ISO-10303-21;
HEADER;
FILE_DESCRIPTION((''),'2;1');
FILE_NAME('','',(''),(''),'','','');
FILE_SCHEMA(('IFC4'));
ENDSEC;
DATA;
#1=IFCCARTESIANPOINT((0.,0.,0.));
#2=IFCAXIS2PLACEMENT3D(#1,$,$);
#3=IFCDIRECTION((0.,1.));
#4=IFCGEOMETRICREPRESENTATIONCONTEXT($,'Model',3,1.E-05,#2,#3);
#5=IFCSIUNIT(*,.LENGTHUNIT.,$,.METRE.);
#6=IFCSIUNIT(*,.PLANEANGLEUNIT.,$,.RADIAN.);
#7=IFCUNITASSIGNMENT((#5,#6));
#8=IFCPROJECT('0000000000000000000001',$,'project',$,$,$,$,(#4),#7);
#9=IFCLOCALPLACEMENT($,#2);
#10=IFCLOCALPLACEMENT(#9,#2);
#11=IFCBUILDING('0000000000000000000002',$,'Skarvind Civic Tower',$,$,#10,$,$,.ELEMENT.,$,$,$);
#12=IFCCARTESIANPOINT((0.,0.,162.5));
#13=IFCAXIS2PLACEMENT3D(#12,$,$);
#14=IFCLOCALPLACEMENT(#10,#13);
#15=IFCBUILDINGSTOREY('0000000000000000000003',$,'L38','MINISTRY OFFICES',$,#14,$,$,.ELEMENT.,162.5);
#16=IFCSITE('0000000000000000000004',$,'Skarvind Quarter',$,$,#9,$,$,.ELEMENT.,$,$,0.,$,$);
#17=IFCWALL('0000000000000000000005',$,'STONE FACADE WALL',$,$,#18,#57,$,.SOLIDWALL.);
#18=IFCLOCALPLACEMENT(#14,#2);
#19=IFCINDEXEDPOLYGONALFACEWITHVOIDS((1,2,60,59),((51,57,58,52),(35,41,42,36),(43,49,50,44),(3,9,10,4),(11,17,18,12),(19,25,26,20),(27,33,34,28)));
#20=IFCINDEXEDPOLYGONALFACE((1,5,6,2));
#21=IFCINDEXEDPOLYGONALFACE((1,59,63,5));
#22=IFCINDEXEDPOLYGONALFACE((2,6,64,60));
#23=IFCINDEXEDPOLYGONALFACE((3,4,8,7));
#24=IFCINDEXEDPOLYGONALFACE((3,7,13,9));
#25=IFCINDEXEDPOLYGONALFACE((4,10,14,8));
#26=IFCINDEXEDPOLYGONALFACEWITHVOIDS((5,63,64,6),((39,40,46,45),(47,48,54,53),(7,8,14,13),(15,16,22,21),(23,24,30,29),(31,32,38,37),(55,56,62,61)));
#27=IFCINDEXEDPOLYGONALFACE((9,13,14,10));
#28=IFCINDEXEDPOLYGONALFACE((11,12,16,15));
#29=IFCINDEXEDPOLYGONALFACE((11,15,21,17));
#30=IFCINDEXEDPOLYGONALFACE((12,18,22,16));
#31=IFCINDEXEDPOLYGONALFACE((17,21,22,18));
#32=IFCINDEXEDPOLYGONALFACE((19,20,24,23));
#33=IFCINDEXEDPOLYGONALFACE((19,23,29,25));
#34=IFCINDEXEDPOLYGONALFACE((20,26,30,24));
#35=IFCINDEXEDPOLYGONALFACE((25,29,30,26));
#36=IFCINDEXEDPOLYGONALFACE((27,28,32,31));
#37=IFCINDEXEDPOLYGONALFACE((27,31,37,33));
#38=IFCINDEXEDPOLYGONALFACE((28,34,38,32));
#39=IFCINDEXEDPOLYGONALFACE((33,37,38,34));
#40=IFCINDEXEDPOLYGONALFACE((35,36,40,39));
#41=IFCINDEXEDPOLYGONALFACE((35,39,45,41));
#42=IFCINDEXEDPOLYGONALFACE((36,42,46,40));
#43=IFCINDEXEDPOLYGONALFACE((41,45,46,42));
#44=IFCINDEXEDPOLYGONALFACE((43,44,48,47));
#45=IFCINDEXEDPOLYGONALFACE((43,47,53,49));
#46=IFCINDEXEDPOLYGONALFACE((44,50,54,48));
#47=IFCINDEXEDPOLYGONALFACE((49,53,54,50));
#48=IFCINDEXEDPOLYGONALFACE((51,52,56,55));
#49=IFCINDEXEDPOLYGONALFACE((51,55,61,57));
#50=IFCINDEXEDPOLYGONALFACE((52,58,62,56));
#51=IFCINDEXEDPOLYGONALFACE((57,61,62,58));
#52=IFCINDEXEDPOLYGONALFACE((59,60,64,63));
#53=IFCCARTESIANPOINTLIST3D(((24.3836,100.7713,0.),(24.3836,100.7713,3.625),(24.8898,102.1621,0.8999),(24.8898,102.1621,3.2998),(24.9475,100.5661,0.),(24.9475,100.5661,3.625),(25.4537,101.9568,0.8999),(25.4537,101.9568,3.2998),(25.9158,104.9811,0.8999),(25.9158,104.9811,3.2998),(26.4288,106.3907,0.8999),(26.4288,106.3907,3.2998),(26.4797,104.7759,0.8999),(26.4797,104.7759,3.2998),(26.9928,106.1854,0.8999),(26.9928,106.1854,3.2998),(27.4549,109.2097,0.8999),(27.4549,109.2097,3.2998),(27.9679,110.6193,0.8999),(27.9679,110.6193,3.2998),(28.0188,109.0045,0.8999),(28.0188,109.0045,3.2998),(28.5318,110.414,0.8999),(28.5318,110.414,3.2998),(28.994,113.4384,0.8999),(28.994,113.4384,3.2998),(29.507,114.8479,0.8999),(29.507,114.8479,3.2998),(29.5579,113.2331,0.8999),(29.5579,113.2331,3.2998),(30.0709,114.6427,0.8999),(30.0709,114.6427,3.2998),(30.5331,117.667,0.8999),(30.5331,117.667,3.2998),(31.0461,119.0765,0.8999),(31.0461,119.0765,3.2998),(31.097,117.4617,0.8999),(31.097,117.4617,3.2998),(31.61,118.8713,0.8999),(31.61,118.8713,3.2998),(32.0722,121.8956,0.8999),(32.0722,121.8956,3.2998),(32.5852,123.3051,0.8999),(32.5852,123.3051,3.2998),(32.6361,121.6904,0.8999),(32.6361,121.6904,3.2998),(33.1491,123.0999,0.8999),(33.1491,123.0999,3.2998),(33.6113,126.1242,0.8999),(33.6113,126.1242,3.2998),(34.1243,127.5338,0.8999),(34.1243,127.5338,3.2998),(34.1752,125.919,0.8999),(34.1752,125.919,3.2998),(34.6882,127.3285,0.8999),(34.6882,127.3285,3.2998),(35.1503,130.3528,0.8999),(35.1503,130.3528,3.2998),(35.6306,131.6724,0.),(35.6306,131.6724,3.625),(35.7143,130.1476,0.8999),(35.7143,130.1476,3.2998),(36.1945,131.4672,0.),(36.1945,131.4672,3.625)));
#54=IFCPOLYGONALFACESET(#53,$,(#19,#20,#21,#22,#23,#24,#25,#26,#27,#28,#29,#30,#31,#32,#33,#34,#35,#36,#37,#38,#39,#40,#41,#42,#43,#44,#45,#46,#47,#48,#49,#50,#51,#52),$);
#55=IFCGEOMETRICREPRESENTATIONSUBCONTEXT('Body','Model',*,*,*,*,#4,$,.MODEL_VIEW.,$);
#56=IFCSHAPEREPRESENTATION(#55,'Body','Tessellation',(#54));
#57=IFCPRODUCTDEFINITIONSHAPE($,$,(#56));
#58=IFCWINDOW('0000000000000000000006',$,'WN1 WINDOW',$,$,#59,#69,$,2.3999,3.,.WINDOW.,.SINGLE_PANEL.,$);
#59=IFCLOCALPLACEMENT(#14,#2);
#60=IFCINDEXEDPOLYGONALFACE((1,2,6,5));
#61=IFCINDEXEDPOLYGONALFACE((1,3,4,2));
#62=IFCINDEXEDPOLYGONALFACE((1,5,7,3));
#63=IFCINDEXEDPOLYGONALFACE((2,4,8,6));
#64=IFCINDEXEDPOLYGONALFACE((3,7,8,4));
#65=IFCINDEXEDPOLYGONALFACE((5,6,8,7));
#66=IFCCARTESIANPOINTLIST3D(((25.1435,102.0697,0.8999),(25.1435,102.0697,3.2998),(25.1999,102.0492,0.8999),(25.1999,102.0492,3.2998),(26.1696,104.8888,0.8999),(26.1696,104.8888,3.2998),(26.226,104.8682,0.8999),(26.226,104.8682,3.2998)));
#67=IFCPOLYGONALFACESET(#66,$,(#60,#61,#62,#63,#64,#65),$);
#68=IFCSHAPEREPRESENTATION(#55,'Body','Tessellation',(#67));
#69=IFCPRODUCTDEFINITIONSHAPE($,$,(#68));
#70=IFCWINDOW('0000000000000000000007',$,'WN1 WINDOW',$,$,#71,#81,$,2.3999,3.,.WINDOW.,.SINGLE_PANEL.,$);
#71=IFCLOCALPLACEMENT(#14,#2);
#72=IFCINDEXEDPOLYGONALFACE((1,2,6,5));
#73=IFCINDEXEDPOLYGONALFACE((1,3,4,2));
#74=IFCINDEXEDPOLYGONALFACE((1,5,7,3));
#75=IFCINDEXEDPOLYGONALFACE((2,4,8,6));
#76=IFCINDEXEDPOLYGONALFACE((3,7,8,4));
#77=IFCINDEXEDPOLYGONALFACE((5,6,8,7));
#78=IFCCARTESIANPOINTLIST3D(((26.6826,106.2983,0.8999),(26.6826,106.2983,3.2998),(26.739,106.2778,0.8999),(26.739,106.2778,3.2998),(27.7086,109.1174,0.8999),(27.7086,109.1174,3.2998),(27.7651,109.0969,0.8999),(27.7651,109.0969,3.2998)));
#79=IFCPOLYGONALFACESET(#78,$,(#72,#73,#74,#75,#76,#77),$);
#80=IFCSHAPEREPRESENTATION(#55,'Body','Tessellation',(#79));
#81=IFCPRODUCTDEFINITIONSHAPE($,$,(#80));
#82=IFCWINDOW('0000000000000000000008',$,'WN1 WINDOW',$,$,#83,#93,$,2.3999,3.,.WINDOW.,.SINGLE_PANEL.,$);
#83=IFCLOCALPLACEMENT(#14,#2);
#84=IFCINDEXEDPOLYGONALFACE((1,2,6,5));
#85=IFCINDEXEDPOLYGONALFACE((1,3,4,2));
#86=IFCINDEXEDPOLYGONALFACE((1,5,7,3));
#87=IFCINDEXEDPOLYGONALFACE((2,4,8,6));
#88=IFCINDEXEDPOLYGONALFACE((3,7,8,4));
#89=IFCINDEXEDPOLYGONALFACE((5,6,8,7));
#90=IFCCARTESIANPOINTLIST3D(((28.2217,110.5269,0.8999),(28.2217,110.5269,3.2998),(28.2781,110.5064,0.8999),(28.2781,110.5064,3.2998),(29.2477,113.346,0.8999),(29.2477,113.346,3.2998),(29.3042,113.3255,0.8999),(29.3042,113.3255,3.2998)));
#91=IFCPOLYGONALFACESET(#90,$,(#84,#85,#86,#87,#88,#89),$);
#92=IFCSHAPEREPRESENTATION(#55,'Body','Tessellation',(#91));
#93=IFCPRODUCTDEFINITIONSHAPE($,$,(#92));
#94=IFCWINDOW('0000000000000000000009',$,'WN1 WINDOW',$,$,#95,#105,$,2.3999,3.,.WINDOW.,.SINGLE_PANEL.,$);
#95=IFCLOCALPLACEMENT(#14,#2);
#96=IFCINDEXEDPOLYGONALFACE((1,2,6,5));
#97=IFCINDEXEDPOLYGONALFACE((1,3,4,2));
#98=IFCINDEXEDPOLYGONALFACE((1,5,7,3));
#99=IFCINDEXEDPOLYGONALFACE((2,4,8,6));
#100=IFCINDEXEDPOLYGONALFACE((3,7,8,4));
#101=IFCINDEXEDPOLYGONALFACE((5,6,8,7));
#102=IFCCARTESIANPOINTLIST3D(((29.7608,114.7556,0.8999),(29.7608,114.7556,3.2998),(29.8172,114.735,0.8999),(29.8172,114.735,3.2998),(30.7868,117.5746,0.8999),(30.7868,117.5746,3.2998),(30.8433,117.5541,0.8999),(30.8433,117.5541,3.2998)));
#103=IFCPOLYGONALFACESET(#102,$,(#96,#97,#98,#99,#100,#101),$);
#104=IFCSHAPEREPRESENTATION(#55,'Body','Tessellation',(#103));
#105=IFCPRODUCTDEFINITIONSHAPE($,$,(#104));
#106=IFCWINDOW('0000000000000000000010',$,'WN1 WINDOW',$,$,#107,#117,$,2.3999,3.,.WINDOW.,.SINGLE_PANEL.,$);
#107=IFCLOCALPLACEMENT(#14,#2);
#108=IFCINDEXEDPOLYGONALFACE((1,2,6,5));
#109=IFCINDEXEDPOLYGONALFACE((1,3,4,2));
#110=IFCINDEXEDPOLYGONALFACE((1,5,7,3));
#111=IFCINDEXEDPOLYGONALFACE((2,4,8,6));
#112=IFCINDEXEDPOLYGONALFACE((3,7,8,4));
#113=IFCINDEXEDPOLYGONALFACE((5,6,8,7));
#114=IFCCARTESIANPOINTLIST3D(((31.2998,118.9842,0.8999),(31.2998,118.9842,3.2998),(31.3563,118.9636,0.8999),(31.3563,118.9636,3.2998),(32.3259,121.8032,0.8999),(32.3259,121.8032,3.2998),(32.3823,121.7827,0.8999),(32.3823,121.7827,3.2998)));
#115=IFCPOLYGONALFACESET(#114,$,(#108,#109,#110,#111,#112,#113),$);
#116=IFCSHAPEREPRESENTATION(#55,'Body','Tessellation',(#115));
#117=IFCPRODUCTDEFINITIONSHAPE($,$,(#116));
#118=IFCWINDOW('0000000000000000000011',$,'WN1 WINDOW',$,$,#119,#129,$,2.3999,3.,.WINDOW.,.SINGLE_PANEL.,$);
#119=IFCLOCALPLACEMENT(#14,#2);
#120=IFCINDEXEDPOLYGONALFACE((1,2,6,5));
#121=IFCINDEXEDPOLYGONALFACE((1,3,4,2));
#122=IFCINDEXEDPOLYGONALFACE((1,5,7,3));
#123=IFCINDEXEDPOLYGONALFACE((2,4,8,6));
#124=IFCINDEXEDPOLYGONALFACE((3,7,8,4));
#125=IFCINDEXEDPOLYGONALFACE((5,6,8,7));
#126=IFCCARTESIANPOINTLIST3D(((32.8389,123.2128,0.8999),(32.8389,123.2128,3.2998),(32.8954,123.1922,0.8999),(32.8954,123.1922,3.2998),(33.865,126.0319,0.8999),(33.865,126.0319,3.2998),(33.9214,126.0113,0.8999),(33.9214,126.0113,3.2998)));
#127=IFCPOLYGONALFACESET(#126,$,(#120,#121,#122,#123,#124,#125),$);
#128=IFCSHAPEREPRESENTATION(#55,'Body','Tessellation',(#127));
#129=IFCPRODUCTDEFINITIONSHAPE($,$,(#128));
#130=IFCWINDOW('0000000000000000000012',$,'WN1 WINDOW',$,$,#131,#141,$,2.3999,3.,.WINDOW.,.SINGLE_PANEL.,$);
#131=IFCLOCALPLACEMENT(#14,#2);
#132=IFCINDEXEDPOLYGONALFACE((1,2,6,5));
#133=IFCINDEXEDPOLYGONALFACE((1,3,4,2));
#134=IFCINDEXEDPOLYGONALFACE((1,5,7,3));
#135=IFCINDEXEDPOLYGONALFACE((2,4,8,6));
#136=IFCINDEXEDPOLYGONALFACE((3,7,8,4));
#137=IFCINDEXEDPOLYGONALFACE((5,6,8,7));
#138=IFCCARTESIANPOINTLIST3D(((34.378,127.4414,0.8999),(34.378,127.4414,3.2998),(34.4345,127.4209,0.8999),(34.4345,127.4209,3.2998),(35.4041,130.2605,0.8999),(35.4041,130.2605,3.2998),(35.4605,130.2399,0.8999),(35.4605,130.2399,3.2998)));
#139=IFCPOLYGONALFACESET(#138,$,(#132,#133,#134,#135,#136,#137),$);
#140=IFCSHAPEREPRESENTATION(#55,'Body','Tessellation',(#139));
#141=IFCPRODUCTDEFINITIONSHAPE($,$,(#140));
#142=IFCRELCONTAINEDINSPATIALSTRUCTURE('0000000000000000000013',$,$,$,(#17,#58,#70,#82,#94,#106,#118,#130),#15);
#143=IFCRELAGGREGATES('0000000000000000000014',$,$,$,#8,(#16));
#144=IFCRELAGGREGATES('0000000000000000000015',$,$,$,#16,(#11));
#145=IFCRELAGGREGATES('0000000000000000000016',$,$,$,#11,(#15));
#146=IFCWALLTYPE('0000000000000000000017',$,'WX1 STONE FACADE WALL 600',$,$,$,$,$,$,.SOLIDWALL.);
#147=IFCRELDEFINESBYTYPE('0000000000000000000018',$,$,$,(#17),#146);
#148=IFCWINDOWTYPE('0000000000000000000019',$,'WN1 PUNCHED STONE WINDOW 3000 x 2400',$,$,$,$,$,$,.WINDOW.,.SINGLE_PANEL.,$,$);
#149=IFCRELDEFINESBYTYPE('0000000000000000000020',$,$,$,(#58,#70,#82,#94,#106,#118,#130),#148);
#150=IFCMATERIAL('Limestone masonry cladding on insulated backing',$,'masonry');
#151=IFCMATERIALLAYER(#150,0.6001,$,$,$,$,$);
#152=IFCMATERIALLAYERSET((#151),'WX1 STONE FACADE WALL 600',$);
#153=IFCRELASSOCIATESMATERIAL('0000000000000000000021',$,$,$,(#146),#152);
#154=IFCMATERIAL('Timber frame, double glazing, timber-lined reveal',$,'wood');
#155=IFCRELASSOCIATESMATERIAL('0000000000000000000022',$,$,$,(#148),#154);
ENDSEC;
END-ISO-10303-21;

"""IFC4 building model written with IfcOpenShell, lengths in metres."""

from ifc_helpers import new_model, si_unit, direction, frame, frame_2d, origin, place, context, subcontext, project, spatial, rectangle, extrude, material, layer, layer_set, type_object, element, fill, save


model = new_model("IFC4")

# Units and contexts
model_context = context("Model", 3, precision=1e-05, world=origin(), true_north=direction((0.0, 1.0)))
body_context = subcontext(model_context, "Body", "Model", "MODEL_VIEW")
ifc_project = project(units=[si_unit("LENGTHUNIT", "METRE"), si_unit("PLANEANGLEUNIT", "RADIAN")], contexts=[model_context])

# Site, building, storey
site_placement = place(None, origin())
site = spatial("IfcSite", under=ifc_project, at=site_placement, Name="Skarvind Quarter", CompositionType="ELEMENT", RefElevation=0.0)
building_placement = place(site_placement, origin())
building = spatial("IfcBuilding", under=site, at=building_placement, Name="Skarvind Civic Tower", CompositionType="ELEMENT")
storey_placement = place(building_placement, frame((0.0, 0.0, 162.5)))
storey = spatial("IfcBuildingStorey", under=building, at=storey_placement, Name="L38", Description="MINISTRY OFFICES", CompositionType="ELEMENT", Elevation=162.5)

# Wall, openings, windows
ifc_material_1 = material(Name="Limestone masonry cladding on insulated backing", Category="masonry")
ifc_layer_1 = layer(ifc_material_1, 0.6001)
ifc_layer_set_1 = layer_set([ifc_layer_1], Name="WX1 STONE FACADE WALL 600")
wall_type_1 = type_object("IfcWallType", Name="WX1 STONE FACADE WALL 600", PredefinedType="SOLIDWALL", material=ifc_layer_set_1)
wall_1_placement = place(storey_placement, frame((24.6655, 100.6687, 0.0), z_axis=(0.0, 0.0, 1.0), x_axis=(0.34202, 0.939693, 0.0)))
wall_1 = element("IfcWall", 1, at=wall_1_placement, inside=storey, type_object=wall_type_1, Name="STONE FACADE WALL", PredefinedType="SOLIDWALL", context=body_context, shape_type="SweptSolid", body=[
    extrude(rectangle(XDim=32.8843, YDim=0.6001, at=frame_2d((16.4421, 0.0))), origin(), (0.0, 0.0, 1.0), 3.625),
])
opening_1_placement = place(wall_1_placement, frame((1.48, 0.0, 0.8999)))
opening_1 = element("IfcOpeningElement", 2, at=opening_1_placement, cuts=wall_1, PredefinedType="OPENING", context=body_context, shape_type="SweptSolid", body=[
    extrude(rectangle(XDim=3.0, YDim=2.3999, at=frame_2d((1.5, 1.2))), frame((0.0, 0.3101, 0.0), z_axis=(0.0, -1.0, 0.0), x_axis=(1.0, 0.0, 0.0)), (0.0, 0.0, 1.0), 0.6201),
])
opening_2_placement = place(wall_1_placement, frame((5.98, 0.0, 0.8999)))
opening_2 = element("IfcOpeningElement", 3, at=opening_2_placement, cuts=wall_1, PredefinedType="OPENING", context=body_context, shape_type="SweptSolid", body=[
    extrude(rectangle(XDim=3.0, YDim=2.3999, at=frame_2d((1.5, 1.2))), frame((0.0, 0.3101, 0.0), z_axis=(0.0, -1.0, 0.0), x_axis=(1.0, 0.0, 0.0)), (0.0, 0.0, 1.0), 0.6201),
])
opening_3_placement = place(wall_1_placement, frame((10.48, 0.0, 0.8999)))
opening_3 = element("IfcOpeningElement", 4, at=opening_3_placement, cuts=wall_1, PredefinedType="OPENING", context=body_context, shape_type="SweptSolid", body=[
    extrude(rectangle(XDim=3.0, YDim=2.3999, at=frame_2d((1.5, 1.2))), frame((0.0, 0.3101, 0.0), z_axis=(0.0, -1.0, 0.0), x_axis=(1.0, 0.0, 0.0)), (0.0, 0.0, 1.0), 0.6201),
])
opening_4_placement = place(wall_1_placement, frame((14.98, 0.0, 0.8999)))
opening_4 = element("IfcOpeningElement", 5, at=opening_4_placement, cuts=wall_1, PredefinedType="OPENING", context=body_context, shape_type="SweptSolid", body=[
    extrude(rectangle(XDim=3.0, YDim=2.3999, at=frame_2d((1.5, 1.2))), frame((0.0, 0.3101, 0.0), z_axis=(0.0, -1.0, 0.0), x_axis=(1.0, 0.0, 0.0)), (0.0, 0.0, 1.0), 0.6201),
])
opening_5_placement = place(wall_1_placement, frame((19.48, 0.0, 0.8999)))
opening_5 = element("IfcOpeningElement", 6, at=opening_5_placement, cuts=wall_1, PredefinedType="OPENING", context=body_context, shape_type="SweptSolid", body=[
    extrude(rectangle(XDim=3.0, YDim=2.3999, at=frame_2d((1.5, 1.2))), frame((0.0, 0.3101, 0.0), z_axis=(0.0, -1.0, 0.0), x_axis=(1.0, 0.0, 0.0)), (0.0, 0.0, 1.0), 0.6201),
])
opening_6_placement = place(wall_1_placement, frame((23.98, 0.0, 0.8999)))
opening_6 = element("IfcOpeningElement", 7, at=opening_6_placement, cuts=wall_1, PredefinedType="OPENING", context=body_context, shape_type="SweptSolid", body=[
    extrude(rectangle(XDim=3.0, YDim=2.3999, at=frame_2d((1.5, 1.2))), frame((0.0, 0.3101, 0.0), z_axis=(0.0, -1.0, 0.0), x_axis=(1.0, 0.0, 0.0)), (0.0, 0.0, 1.0), 0.6201),
])
opening_7_placement = place(wall_1_placement, frame((28.48, 0.0, 0.8999)))
opening_7 = element("IfcOpeningElement", 8, at=opening_7_placement, cuts=wall_1, PredefinedType="OPENING", context=body_context, shape_type="SweptSolid", body=[
    extrude(rectangle(XDim=3.0, YDim=2.3999, at=frame_2d((1.5, 1.2))), frame((0.0, 0.3101, 0.0), z_axis=(0.0, -1.0, 0.0), x_axis=(1.0, 0.0, 0.0)), (0.0, 0.0, 1.0), 0.6201),
])
ifc_material_2 = material(Name="Timber frame, double glazing, timber-lined reveal", Category="wood")
window_type = type_object("IfcWindowType", Name="WN1 PUNCHED STONE WINDOW 3000 x 2400", PartitioningType="SINGLE_PANEL", PredefinedType="WINDOW", material=ifc_material_2)
window_1_placement = place(opening_1_placement, origin())
window_1 = element("IfcWindow", 9, at=window_1_placement, inside=storey, type_object=window_type, Name="WN1 WINDOW", OverallHeight=2.3999, OverallWidth=3.0, PartitioningType="SINGLE_PANEL", PredefinedType="WINDOW", context=body_context, shape_type="SweptSolid", body=[
    extrude(rectangle(XDim=3.0, YDim=2.3999, at=frame_2d((1.5, 1.2))), frame((0.0, 0.03, 0.0), z_axis=(0.0, -1.0, 0.0), x_axis=(1.0, 0.0, 0.0)), (0.0, 0.0, 1.0), 0.0601),
])
fill(opening_1, window_1)
window_2_placement = place(opening_2_placement, origin())
window_2 = element("IfcWindow", 10, at=window_2_placement, inside=storey, type_object=window_type, Name="WN1 WINDOW", OverallHeight=2.3999, OverallWidth=3.0, PartitioningType="SINGLE_PANEL", PredefinedType="WINDOW", context=body_context, shape_type="SweptSolid", body=[
    extrude(rectangle(XDim=3.0, YDim=2.3999, at=frame_2d((1.5, 1.2))), frame((0.0, 0.03, 0.0), z_axis=(0.0, -1.0, 0.0), x_axis=(1.0, 0.0, 0.0)), (0.0, 0.0, 1.0), 0.0601),
])
fill(opening_2, window_2)
window_3_placement = place(opening_3_placement, origin())
window_3 = element("IfcWindow", 11, at=window_3_placement, inside=storey, type_object=window_type, Name="WN1 WINDOW", OverallHeight=2.3999, OverallWidth=3.0, PartitioningType="SINGLE_PANEL", PredefinedType="WINDOW", context=body_context, shape_type="SweptSolid", body=[
    extrude(rectangle(XDim=3.0, YDim=2.3999, at=frame_2d((1.5, 1.2))), frame((0.0, 0.03, 0.0), z_axis=(0.0, -1.0, 0.0), x_axis=(1.0, 0.0, 0.0)), (0.0, 0.0, 1.0), 0.0601),
])
fill(opening_3, window_3)
window_4_placement = place(opening_4_placement, origin())
window_4 = element("IfcWindow", 12, at=window_4_placement, inside=storey, type_object=window_type, Name="WN1 WINDOW", OverallHeight=2.3999, OverallWidth=3.0, PartitioningType="SINGLE_PANEL", PredefinedType="WINDOW", context=body_context, shape_type="SweptSolid", body=[
    extrude(rectangle(XDim=3.0, YDim=2.3999, at=frame_2d((1.5, 1.2))), frame((0.0, 0.03, 0.0), z_axis=(0.0, -1.0, 0.0), x_axis=(1.0, 0.0, 0.0)), (0.0, 0.0, 1.0), 0.0601),
])
fill(opening_4, window_4)
window_5_placement = place(opening_5_placement, origin())
window_5 = element("IfcWindow", 13, at=window_5_placement, inside=storey, type_object=window_type, Name="WN1 WINDOW", OverallHeight=2.3999, OverallWidth=3.0, PartitioningType="SINGLE_PANEL", PredefinedType="WINDOW", context=body_context, shape_type="SweptSolid", body=[
    extrude(rectangle(XDim=3.0, YDim=2.3999, at=frame_2d((1.5, 1.2))), frame((0.0, 0.03, 0.0), z_axis=(0.0, -1.0, 0.0), x_axis=(1.0, 0.0, 0.0)), (0.0, 0.0, 1.0), 0.0601),
])
fill(opening_5, window_5)
window_6_placement = place(opening_6_placement, origin())
window_6 = element("IfcWindow", 14, at=window_6_placement, inside=storey, type_object=window_type, Name="WN1 WINDOW", OverallHeight=2.3999, OverallWidth=3.0, PartitioningType="SINGLE_PANEL", PredefinedType="WINDOW", context=body_context, shape_type="SweptSolid", body=[
    extrude(rectangle(XDim=3.0, YDim=2.3999, at=frame_2d((1.5, 1.2))), frame((0.0, 0.03, 0.0), z_axis=(0.0, -1.0, 0.0), x_axis=(1.0, 0.0, 0.0)), (0.0, 0.0, 1.0), 0.0601),
])
fill(opening_6, window_6)
window_7_placement = place(opening_7_placement, origin())
window_7 = element("IfcWindow", 15, at=window_7_placement, inside=storey, type_object=window_type, Name="WN1 WINDOW", OverallHeight=2.3999, OverallWidth=3.0, PartitioningType="SINGLE_PANEL", PredefinedType="WINDOW", context=body_context, shape_type="SweptSolid", body=[
    extrude(rectangle(XDim=3.0, YDim=2.3999, at=frame_2d((1.5, 1.2))), frame((0.0, 0.03, 0.0), z_axis=(0.0, -1.0, 0.0), x_axis=(1.0, 0.0, 0.0)), (0.0, 0.0, 1.0), 0.0601),
])
fill(opening_7, window_7)

save(model, "model.ifc")
